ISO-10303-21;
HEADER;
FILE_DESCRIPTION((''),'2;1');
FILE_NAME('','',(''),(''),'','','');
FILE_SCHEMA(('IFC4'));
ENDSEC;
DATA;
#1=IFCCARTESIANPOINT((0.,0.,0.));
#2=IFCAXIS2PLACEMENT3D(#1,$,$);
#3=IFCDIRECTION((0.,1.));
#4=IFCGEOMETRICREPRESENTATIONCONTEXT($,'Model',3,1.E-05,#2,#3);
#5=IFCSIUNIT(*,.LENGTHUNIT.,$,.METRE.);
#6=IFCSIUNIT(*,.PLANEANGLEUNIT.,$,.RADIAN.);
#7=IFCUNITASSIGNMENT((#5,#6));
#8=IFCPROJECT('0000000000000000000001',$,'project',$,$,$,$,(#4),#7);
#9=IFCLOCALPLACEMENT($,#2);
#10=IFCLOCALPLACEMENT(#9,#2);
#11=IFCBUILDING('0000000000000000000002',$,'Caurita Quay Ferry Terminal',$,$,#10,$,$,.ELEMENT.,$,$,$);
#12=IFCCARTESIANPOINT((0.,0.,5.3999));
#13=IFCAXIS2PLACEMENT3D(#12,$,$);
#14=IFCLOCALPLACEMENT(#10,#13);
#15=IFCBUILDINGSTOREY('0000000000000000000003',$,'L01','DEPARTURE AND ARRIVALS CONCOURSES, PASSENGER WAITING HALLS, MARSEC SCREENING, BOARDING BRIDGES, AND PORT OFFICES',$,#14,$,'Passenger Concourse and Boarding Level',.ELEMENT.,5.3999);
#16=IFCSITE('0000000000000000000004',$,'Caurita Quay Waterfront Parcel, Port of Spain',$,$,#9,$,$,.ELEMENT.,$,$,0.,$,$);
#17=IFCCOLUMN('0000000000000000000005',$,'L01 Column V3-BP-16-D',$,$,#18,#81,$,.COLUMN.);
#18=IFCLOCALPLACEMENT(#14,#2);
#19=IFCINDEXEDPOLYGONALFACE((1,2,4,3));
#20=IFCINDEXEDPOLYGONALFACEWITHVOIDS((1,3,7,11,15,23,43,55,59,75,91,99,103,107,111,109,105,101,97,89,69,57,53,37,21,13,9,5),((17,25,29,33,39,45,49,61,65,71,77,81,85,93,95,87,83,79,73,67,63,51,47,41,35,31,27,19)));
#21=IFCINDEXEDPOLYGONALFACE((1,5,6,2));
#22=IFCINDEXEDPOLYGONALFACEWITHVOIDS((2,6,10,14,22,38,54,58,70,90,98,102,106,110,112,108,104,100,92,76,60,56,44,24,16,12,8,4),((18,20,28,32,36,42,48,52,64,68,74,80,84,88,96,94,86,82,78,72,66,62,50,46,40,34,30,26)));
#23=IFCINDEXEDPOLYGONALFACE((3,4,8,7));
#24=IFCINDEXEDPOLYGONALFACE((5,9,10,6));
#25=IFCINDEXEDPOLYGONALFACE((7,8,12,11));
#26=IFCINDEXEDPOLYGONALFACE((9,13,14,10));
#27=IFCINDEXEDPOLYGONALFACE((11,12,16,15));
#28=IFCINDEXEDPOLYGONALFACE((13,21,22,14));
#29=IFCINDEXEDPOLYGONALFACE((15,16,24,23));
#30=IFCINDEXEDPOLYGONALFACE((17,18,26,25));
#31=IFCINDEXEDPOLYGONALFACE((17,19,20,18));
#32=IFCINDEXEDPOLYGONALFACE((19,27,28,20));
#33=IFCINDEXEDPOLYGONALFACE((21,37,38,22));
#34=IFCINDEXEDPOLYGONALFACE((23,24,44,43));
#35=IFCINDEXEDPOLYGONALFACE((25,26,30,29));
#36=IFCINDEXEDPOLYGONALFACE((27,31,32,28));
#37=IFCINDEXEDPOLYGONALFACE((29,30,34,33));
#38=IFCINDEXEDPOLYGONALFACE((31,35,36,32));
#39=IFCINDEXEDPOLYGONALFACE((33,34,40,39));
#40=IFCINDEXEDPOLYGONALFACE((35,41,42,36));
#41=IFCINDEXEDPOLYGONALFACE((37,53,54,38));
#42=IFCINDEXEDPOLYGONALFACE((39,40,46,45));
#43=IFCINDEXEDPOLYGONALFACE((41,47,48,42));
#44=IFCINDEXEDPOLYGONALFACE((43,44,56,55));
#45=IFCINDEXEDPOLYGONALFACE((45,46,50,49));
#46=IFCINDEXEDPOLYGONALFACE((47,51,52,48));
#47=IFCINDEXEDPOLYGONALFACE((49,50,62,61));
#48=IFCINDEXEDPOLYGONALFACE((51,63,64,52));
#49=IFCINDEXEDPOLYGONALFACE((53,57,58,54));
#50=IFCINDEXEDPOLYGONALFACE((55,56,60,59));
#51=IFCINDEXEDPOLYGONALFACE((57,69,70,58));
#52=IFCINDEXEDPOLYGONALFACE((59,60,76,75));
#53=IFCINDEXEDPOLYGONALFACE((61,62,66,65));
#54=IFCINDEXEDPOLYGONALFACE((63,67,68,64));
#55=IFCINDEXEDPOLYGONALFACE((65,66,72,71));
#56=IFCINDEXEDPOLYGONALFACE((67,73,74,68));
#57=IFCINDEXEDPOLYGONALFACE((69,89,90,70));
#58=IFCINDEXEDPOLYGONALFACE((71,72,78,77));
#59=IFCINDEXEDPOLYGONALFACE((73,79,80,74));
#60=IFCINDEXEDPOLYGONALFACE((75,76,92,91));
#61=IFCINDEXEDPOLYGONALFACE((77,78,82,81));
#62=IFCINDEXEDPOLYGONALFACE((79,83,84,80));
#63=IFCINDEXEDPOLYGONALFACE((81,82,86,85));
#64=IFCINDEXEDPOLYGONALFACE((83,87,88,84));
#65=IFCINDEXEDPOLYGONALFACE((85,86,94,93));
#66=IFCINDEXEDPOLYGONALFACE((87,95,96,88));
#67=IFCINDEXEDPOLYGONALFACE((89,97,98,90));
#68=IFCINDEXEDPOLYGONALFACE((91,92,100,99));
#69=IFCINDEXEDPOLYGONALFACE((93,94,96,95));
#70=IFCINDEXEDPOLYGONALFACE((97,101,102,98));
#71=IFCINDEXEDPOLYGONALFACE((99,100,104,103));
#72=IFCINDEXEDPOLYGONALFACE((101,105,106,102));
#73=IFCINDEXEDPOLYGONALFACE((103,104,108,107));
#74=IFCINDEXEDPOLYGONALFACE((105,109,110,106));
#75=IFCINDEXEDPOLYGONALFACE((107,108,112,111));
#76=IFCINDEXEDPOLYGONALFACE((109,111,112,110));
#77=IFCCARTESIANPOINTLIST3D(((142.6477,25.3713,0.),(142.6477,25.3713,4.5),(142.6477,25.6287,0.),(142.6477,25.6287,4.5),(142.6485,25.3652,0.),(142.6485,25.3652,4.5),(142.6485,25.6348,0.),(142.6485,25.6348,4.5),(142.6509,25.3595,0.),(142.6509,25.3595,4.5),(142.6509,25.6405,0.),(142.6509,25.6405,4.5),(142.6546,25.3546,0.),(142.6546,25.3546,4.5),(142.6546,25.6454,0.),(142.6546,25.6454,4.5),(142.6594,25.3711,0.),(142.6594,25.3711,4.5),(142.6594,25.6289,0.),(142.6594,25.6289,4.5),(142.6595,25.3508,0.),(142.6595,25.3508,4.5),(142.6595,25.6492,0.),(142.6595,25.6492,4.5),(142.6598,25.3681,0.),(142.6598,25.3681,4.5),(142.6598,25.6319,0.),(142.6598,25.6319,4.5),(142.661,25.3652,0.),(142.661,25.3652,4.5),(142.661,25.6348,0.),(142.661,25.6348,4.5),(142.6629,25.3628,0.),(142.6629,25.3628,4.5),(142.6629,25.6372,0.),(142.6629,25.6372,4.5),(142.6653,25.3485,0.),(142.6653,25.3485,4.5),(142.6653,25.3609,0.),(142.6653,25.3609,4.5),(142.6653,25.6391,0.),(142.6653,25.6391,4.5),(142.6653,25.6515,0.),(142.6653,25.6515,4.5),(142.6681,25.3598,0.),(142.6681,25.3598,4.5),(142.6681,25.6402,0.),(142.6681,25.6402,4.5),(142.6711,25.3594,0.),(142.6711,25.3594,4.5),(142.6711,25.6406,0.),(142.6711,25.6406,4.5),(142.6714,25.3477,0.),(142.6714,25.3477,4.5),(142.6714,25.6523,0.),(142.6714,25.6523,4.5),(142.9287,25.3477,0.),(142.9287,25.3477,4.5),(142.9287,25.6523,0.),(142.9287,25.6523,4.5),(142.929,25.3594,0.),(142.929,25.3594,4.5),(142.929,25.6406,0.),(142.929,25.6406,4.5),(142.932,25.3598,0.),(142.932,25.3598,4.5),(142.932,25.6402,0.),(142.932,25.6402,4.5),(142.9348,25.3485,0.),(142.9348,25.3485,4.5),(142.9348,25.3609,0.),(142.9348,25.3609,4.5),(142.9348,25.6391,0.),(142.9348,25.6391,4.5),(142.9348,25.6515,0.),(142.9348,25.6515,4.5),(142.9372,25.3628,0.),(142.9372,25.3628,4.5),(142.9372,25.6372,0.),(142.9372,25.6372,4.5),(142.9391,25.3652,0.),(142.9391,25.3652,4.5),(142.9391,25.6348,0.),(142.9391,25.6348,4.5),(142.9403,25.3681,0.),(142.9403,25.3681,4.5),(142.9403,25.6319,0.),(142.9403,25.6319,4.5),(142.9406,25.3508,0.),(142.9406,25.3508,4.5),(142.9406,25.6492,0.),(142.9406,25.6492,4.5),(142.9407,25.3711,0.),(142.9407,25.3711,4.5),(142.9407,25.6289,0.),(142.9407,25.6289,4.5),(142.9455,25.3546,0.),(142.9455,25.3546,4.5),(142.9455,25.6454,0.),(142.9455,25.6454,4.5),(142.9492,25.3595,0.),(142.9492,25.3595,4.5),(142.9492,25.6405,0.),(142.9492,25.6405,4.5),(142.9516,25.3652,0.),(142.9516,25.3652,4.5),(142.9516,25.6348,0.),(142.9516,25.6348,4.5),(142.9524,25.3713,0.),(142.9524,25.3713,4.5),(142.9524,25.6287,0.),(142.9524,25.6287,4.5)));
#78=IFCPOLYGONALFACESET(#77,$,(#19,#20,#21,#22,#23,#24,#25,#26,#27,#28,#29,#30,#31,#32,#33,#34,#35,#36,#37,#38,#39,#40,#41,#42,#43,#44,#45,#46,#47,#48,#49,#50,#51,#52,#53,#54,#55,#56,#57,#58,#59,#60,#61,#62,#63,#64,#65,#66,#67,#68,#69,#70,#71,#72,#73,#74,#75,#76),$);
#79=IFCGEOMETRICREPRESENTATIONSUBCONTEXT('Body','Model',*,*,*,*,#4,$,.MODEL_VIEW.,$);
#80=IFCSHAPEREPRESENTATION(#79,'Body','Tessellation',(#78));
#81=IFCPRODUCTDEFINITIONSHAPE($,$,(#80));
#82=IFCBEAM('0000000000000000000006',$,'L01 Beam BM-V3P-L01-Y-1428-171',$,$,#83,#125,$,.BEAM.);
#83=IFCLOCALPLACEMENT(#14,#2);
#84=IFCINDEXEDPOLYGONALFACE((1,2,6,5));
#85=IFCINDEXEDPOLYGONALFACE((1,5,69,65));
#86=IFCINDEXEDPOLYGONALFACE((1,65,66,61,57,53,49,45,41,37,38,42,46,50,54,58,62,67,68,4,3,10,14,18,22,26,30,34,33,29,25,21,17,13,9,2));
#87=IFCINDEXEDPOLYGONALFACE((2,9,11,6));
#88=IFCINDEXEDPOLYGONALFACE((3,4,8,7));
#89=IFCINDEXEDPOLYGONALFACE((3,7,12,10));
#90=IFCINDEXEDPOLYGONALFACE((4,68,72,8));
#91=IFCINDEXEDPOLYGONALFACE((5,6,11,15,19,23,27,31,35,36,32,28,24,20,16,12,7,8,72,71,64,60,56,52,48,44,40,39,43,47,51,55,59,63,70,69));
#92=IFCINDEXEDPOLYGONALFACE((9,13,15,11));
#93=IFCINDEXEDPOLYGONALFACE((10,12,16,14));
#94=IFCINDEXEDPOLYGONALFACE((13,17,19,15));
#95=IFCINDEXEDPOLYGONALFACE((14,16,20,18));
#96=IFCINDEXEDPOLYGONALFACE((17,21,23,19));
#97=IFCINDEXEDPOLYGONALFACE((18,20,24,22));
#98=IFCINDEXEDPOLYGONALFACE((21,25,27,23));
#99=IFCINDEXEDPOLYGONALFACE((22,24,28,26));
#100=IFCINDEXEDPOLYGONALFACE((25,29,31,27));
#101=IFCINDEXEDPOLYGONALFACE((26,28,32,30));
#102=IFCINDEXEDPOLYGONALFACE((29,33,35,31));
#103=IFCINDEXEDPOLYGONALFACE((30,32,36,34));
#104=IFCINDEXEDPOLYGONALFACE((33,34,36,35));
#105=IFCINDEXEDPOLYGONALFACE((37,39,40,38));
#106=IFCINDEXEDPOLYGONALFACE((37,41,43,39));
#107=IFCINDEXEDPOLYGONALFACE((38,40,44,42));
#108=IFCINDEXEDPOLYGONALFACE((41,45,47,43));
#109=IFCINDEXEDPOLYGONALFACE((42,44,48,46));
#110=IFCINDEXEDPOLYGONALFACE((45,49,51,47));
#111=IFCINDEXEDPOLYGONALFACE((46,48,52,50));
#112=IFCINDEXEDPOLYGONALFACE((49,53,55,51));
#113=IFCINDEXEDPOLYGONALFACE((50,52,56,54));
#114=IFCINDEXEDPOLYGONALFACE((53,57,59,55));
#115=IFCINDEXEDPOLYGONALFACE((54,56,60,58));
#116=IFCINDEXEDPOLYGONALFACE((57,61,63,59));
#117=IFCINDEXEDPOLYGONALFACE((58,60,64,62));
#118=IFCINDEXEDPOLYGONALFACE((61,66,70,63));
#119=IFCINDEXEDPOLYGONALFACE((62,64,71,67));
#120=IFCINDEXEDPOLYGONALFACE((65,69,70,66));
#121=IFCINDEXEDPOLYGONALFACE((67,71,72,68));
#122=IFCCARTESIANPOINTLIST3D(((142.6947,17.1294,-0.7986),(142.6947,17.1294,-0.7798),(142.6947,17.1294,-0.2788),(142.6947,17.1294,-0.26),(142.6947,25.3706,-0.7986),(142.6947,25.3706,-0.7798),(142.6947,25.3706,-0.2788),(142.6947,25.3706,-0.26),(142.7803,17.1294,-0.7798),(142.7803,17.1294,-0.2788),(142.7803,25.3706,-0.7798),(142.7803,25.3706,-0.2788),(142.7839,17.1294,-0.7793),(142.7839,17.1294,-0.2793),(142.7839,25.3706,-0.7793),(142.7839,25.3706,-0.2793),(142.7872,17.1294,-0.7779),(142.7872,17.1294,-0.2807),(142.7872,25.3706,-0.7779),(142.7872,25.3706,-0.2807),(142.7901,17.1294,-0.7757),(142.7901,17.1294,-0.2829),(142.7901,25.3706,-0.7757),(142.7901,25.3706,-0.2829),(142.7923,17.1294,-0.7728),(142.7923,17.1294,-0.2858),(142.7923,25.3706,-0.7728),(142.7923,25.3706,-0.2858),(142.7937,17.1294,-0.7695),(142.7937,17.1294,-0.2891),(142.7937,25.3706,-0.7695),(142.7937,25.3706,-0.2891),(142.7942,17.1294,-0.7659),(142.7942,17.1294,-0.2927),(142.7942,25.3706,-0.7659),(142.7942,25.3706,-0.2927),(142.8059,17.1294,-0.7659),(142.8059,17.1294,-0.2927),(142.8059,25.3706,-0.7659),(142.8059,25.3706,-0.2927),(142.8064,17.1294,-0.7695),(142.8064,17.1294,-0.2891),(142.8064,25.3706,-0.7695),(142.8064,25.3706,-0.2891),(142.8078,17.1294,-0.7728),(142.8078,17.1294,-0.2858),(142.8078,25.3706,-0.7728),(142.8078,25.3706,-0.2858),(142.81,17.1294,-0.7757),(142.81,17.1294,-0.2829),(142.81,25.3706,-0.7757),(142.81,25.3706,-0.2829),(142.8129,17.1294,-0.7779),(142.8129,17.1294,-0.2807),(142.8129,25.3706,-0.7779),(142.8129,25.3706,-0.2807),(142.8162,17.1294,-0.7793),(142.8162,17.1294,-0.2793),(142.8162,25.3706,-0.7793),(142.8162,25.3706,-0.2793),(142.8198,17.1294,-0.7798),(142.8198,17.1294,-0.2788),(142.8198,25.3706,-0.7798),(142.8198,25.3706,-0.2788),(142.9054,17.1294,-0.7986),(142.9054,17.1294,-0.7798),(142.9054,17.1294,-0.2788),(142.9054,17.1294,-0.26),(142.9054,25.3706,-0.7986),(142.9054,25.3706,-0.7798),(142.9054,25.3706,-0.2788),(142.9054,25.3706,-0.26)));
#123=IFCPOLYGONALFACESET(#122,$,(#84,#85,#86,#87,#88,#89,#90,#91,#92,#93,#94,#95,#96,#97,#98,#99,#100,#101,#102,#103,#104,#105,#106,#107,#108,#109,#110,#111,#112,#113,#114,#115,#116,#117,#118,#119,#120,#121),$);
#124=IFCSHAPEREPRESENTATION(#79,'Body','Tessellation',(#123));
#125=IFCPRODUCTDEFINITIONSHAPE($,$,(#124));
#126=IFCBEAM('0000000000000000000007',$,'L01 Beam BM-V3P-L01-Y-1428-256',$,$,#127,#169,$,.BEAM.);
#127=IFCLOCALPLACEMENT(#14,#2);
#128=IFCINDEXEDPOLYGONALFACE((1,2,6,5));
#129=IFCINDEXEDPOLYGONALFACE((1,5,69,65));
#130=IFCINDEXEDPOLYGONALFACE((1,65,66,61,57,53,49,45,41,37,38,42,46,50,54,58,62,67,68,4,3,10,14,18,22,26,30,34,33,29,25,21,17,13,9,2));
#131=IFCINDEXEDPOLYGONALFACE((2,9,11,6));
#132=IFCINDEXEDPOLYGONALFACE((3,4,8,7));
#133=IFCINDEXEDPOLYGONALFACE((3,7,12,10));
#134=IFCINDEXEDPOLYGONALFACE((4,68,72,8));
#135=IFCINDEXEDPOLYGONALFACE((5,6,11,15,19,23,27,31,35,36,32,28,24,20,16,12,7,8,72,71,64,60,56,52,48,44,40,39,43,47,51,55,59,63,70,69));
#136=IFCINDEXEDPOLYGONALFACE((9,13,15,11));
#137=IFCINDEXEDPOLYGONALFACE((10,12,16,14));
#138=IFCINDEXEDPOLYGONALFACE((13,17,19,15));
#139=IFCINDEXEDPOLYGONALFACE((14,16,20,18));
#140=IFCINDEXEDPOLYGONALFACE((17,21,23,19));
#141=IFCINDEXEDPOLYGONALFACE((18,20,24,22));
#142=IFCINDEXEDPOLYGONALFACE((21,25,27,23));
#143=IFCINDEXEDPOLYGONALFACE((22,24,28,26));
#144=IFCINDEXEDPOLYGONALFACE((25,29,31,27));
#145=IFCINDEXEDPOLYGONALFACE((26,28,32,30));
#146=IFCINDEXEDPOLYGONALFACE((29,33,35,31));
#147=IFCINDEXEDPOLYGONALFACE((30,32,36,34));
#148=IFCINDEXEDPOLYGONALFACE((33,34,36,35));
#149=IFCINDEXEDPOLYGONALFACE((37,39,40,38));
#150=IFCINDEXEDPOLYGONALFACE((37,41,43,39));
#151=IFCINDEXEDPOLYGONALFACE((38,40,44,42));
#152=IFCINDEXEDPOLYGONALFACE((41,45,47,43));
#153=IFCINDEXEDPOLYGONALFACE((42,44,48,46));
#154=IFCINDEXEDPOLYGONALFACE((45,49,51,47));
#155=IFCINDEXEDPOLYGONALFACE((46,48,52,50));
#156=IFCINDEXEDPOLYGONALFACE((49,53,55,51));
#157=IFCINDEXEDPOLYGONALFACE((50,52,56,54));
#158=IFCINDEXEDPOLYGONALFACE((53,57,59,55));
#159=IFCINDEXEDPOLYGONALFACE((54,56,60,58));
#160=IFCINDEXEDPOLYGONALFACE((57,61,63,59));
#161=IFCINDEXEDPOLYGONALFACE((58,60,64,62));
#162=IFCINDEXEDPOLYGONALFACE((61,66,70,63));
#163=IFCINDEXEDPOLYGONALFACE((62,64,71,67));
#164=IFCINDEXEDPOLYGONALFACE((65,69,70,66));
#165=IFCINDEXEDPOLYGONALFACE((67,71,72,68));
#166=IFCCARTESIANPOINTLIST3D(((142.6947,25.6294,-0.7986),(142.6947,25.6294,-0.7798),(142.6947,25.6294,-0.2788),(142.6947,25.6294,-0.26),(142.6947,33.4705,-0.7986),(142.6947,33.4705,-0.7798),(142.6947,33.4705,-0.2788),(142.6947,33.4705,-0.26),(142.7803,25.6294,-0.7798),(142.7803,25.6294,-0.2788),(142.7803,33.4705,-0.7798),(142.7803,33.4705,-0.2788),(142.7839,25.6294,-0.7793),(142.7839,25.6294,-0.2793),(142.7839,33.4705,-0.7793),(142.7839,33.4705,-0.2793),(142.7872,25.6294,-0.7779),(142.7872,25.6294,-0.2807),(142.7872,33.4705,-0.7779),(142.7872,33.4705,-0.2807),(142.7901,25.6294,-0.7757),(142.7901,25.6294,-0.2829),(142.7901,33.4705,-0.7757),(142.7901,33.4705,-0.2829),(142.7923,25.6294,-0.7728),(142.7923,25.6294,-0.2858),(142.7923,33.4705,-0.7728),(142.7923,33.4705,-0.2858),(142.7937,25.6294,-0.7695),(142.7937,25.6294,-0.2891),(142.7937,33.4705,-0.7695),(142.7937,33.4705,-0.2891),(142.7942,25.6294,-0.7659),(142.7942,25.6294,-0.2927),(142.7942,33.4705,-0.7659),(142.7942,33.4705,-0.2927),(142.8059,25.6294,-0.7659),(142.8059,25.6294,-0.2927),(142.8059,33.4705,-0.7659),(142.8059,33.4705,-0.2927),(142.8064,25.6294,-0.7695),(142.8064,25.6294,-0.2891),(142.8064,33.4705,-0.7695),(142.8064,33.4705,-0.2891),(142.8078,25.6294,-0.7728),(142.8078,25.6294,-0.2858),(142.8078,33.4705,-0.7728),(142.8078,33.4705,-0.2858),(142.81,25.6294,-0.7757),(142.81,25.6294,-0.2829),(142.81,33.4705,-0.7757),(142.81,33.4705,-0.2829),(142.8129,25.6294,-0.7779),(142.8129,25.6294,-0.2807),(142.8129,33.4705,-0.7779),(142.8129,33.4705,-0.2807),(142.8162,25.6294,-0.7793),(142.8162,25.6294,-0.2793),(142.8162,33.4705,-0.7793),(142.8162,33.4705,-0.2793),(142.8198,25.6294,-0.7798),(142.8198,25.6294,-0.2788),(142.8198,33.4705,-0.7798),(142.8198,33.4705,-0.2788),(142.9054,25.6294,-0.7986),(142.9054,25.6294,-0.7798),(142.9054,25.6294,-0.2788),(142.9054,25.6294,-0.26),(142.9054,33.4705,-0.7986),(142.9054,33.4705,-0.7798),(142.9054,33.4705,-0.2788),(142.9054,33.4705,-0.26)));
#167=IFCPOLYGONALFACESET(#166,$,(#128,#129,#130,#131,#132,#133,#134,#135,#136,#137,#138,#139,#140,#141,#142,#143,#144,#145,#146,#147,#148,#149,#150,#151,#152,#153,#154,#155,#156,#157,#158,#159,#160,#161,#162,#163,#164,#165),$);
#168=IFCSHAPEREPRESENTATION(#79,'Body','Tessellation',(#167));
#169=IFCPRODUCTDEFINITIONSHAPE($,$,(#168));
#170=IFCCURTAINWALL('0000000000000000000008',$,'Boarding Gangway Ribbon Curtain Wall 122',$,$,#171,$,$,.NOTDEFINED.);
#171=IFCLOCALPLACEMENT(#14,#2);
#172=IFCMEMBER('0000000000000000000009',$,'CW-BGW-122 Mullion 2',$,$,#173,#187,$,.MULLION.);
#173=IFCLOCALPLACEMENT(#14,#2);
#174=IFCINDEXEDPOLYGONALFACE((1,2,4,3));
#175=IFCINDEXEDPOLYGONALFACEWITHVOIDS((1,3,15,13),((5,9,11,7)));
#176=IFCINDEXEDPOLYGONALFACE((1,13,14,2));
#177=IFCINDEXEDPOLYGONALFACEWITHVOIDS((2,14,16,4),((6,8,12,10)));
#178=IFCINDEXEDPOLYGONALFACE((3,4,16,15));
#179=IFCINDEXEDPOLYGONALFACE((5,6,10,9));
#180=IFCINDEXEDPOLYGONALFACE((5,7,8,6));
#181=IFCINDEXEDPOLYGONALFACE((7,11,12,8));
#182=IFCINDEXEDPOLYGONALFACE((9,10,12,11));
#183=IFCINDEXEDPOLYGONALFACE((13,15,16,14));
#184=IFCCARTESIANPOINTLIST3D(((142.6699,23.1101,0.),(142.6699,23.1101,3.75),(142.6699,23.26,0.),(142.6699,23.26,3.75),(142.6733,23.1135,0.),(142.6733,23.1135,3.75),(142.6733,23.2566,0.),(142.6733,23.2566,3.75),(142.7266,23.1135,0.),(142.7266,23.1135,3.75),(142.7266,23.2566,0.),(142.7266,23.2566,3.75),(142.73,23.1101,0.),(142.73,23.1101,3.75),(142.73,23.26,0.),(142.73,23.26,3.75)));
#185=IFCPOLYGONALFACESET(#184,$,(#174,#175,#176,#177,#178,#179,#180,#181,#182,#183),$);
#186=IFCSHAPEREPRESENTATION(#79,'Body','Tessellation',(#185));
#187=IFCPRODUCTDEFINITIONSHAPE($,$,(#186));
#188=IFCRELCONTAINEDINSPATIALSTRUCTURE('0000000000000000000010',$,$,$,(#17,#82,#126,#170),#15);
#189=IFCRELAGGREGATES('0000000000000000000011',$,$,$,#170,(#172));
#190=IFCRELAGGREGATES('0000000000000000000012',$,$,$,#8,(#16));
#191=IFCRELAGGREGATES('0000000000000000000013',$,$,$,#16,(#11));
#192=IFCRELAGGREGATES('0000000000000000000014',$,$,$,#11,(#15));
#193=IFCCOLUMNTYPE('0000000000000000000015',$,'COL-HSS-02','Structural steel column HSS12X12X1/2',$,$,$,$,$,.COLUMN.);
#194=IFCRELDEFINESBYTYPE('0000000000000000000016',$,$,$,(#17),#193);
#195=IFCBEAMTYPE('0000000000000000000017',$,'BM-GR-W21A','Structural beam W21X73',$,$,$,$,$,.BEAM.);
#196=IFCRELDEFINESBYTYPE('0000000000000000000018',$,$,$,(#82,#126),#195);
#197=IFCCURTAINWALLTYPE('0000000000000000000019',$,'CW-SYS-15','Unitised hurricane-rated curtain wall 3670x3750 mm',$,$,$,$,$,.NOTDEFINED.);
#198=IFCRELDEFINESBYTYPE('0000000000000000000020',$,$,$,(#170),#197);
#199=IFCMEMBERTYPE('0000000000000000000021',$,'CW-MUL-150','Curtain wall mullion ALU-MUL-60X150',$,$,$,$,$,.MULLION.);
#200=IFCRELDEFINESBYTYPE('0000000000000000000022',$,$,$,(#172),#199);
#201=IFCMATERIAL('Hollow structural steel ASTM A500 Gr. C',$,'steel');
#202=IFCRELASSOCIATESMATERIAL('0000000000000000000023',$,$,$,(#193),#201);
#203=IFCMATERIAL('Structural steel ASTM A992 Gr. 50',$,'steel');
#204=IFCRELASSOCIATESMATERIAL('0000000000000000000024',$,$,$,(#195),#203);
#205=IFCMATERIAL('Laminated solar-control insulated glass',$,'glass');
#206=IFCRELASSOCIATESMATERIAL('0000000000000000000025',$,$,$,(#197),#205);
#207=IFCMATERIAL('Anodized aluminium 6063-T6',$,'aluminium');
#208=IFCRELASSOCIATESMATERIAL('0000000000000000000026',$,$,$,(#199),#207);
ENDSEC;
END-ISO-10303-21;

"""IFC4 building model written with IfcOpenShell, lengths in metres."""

from ifc_helpers import new_model, si_unit, direction, frame, origin, origin_2d, place, context, subcontext, project, spatial, hollow_rectangle, i_section, extrude, material, material_profile, profile_set, type_object, element, aggregate, save


model = new_model("IFC4")

# Units and contexts
model_context = context("Model", 3, precision=1e-05, world=origin(), true_north=direction((0.0, 1.0)))
body_context = subcontext(model_context, "Body", "Model", "MODEL_VIEW")
ifc_project = project(units=[si_unit("LENGTHUNIT", "METRE"), si_unit("PLANEANGLEUNIT", "RADIAN")], contexts=[model_context])

# Site, building, storey
site_placement = place(None, origin())
site = spatial("IfcSite", under=ifc_project, at=site_placement, Name="Caurita Quay Waterfront Parcel, Port of Spain", CompositionType="ELEMENT", RefElevation=0.0)
building_placement = place(site_placement, origin())
building = spatial("IfcBuilding", under=site, at=building_placement, Name="Caurita Quay Ferry Terminal", CompositionType="ELEMENT")
storey_placement = place(building_placement, frame((0.0, 0.0, 5.3999)))
storey = spatial("IfcBuildingStorey", under=building, at=storey_placement, Name="L01", Description="DEPARTURE AND ARRIVALS CONCOURSES, PASSENGER WAITING HALLS, MARSEC SCREENING, BOARDING BRIDGES, AND PORT OFFICES", LongName="Passenger Concourse and Boarding Level", CompositionType="ELEMENT", Elevation=5.3999)

# Column
ifc_material_1 = material(Name="Hollow structural steel ASTM A500 Gr. C", Category="steel")
ifc_material_profile_1 = material_profile(ifc_material_1, hollow_rectangle(XDim=0.3047, YDim=0.3047, WallThickness=0.0117, InnerFilletRadius=0.0117, OuterFilletRadius=0.0237, at=origin_2d()), Name="HSS12X12X1/2")
ifc_profile_set_1 = profile_set([ifc_material_profile_1], Name="Hollow structural steel ASTM A500 Gr. C")
column_type = type_object("IfcColumnType", Name="COL-HSS-02", Description="Structural steel column HSS12X12X1/2", PredefinedType="COLUMN", material=ifc_profile_set_1)
column_placement = place(storey_placement, frame((142.8, 25.5, 0.0), z_axis=(0.0, 0.0, 1.0), x_axis=(1.0, 0.0, 0.0)))
element("IfcColumn", 1, at=column_placement, inside=storey, type_object=column_type, Name="L01 Column V3-BP-16-D", PredefinedType="COLUMN", context=body_context, shape_type="SweptSolid", body=[
    extrude(hollow_rectangle(XDim=0.3047, YDim=0.3047, WallThickness=0.0117, InnerFilletRadius=0.0117, OuterFilletRadius=0.0237, at=origin_2d()), origin(), (0.0, 0.0, 1.0), 4.5),
])

# Beams
ifc_material_2 = material(Name="Structural steel ASTM A992 Gr. 50", Category="steel")
ifc_material_profile_2 = material_profile(ifc_material_2, i_section(OverallWidth=0.2107, OverallDepth=0.5386, WebThickness=0.0117, FlangeThickness=0.0188, FilletRadius=0.0139, at=origin_2d()), Name="W21X73")
ifc_profile_set_2 = profile_set([ifc_material_profile_2], Name="Structural steel ASTM A992 Gr. 50")
beam_type = type_object("IfcBeamType", Name="BM-GR-W21A", Description="Structural beam W21X73", PredefinedType="BEAM", material=ifc_profile_set_2)
beam_1_placement = place(storey_placement, frame((142.8, 17.1294, -0.5293), z_axis=(0.0, 1.0, 0.0), x_axis=(-1.0, 0.0, 0.0)))
element("IfcBeam", 2, at=beam_1_placement, inside=storey, type_object=beam_type, Name="L01 Beam BM-V3P-L01-Y-1428-171", PredefinedType="BEAM", context=body_context, shape_type="SweptSolid", body=[
    extrude(i_section(OverallWidth=0.2107, OverallDepth=0.5386, WebThickness=0.0117, FlangeThickness=0.0188, FilletRadius=0.0139, at=origin_2d()), origin(), (0.0, 0.0, 1.0), 8.2412),
])
beam_2_placement = place(storey_placement, frame((142.8, 25.6294, -0.5293), z_axis=(0.0, 1.0, 0.0), x_axis=(-1.0, 0.0, 0.0)))
element("IfcBeam", 3, at=beam_2_placement, inside=storey, type_object=beam_type, Name="L01 Beam BM-V3P-L01-Y-1428-256", PredefinedType="BEAM", context=body_context, shape_type="SweptSolid", body=[
    extrude(i_section(OverallWidth=0.2107, OverallDepth=0.5386, WebThickness=0.0117, FlangeThickness=0.0188, FilletRadius=0.0139, at=origin_2d()), origin(), (0.0, 0.0, 1.0), 7.8411),
])

# Curtain wall, member
ifc_material_3 = material(Name="Laminated solar-control insulated glass", Category="glass")
curtain_wall_type_1 = type_object("IfcCurtainWallType", Name="CW-SYS-15", Description="Unitised hurricane-rated curtain wall 3670x3750 mm", PredefinedType="NOTDEFINED", material=ifc_material_3)
curtain_wall_1_placement = place(storey_placement, origin())
curtain_wall_1 = element("IfcCurtainWall", 4, at=curtain_wall_1_placement, inside=storey, type_object=curtain_wall_type_1, Name="Boarding Gangway Ribbon Curtain Wall 122", PredefinedType="NOTDEFINED")
ifc_material_4 = material(Name="Anodized aluminium 6063-T6", Category="aluminium")
ifc_material_profile_3 = material_profile(ifc_material_4, hollow_rectangle(XDim=0.0601, YDim=0.1499, WallThickness=0.0034, at=origin_2d()), Name="ALU-MUL-60X150")
ifc_profile_set_3 = profile_set([ifc_material_profile_3], Name="Anodized aluminium 6063-T6")
member_type_1 = type_object("IfcMemberType", Name="CW-MUL-150", Description="Curtain wall mullion ALU-MUL-60X150", PredefinedType="MULLION", material=ifc_profile_set_3)
member_1_placement = place(storey_placement, frame((142.7, 23.1851, 0.0), z_axis=(0.0, 0.0, 1.0), x_axis=(-1.0, 0.0, 0.0)))
member_1 = element("IfcMember", 5, at=member_1_placement, type_object=member_type_1, Name="CW-BGW-122 Mullion 2", PredefinedType="MULLION", context=body_context, shape_type="SweptSolid", body=[
    extrude(hollow_rectangle(XDim=0.0601, YDim=0.1499, WallThickness=0.0034, at=origin_2d()), origin(), (0.0, 0.0, 1.0), 3.75),
])

aggregate(curtain_wall_1, [member_1])

save(model, "model.ifc")
